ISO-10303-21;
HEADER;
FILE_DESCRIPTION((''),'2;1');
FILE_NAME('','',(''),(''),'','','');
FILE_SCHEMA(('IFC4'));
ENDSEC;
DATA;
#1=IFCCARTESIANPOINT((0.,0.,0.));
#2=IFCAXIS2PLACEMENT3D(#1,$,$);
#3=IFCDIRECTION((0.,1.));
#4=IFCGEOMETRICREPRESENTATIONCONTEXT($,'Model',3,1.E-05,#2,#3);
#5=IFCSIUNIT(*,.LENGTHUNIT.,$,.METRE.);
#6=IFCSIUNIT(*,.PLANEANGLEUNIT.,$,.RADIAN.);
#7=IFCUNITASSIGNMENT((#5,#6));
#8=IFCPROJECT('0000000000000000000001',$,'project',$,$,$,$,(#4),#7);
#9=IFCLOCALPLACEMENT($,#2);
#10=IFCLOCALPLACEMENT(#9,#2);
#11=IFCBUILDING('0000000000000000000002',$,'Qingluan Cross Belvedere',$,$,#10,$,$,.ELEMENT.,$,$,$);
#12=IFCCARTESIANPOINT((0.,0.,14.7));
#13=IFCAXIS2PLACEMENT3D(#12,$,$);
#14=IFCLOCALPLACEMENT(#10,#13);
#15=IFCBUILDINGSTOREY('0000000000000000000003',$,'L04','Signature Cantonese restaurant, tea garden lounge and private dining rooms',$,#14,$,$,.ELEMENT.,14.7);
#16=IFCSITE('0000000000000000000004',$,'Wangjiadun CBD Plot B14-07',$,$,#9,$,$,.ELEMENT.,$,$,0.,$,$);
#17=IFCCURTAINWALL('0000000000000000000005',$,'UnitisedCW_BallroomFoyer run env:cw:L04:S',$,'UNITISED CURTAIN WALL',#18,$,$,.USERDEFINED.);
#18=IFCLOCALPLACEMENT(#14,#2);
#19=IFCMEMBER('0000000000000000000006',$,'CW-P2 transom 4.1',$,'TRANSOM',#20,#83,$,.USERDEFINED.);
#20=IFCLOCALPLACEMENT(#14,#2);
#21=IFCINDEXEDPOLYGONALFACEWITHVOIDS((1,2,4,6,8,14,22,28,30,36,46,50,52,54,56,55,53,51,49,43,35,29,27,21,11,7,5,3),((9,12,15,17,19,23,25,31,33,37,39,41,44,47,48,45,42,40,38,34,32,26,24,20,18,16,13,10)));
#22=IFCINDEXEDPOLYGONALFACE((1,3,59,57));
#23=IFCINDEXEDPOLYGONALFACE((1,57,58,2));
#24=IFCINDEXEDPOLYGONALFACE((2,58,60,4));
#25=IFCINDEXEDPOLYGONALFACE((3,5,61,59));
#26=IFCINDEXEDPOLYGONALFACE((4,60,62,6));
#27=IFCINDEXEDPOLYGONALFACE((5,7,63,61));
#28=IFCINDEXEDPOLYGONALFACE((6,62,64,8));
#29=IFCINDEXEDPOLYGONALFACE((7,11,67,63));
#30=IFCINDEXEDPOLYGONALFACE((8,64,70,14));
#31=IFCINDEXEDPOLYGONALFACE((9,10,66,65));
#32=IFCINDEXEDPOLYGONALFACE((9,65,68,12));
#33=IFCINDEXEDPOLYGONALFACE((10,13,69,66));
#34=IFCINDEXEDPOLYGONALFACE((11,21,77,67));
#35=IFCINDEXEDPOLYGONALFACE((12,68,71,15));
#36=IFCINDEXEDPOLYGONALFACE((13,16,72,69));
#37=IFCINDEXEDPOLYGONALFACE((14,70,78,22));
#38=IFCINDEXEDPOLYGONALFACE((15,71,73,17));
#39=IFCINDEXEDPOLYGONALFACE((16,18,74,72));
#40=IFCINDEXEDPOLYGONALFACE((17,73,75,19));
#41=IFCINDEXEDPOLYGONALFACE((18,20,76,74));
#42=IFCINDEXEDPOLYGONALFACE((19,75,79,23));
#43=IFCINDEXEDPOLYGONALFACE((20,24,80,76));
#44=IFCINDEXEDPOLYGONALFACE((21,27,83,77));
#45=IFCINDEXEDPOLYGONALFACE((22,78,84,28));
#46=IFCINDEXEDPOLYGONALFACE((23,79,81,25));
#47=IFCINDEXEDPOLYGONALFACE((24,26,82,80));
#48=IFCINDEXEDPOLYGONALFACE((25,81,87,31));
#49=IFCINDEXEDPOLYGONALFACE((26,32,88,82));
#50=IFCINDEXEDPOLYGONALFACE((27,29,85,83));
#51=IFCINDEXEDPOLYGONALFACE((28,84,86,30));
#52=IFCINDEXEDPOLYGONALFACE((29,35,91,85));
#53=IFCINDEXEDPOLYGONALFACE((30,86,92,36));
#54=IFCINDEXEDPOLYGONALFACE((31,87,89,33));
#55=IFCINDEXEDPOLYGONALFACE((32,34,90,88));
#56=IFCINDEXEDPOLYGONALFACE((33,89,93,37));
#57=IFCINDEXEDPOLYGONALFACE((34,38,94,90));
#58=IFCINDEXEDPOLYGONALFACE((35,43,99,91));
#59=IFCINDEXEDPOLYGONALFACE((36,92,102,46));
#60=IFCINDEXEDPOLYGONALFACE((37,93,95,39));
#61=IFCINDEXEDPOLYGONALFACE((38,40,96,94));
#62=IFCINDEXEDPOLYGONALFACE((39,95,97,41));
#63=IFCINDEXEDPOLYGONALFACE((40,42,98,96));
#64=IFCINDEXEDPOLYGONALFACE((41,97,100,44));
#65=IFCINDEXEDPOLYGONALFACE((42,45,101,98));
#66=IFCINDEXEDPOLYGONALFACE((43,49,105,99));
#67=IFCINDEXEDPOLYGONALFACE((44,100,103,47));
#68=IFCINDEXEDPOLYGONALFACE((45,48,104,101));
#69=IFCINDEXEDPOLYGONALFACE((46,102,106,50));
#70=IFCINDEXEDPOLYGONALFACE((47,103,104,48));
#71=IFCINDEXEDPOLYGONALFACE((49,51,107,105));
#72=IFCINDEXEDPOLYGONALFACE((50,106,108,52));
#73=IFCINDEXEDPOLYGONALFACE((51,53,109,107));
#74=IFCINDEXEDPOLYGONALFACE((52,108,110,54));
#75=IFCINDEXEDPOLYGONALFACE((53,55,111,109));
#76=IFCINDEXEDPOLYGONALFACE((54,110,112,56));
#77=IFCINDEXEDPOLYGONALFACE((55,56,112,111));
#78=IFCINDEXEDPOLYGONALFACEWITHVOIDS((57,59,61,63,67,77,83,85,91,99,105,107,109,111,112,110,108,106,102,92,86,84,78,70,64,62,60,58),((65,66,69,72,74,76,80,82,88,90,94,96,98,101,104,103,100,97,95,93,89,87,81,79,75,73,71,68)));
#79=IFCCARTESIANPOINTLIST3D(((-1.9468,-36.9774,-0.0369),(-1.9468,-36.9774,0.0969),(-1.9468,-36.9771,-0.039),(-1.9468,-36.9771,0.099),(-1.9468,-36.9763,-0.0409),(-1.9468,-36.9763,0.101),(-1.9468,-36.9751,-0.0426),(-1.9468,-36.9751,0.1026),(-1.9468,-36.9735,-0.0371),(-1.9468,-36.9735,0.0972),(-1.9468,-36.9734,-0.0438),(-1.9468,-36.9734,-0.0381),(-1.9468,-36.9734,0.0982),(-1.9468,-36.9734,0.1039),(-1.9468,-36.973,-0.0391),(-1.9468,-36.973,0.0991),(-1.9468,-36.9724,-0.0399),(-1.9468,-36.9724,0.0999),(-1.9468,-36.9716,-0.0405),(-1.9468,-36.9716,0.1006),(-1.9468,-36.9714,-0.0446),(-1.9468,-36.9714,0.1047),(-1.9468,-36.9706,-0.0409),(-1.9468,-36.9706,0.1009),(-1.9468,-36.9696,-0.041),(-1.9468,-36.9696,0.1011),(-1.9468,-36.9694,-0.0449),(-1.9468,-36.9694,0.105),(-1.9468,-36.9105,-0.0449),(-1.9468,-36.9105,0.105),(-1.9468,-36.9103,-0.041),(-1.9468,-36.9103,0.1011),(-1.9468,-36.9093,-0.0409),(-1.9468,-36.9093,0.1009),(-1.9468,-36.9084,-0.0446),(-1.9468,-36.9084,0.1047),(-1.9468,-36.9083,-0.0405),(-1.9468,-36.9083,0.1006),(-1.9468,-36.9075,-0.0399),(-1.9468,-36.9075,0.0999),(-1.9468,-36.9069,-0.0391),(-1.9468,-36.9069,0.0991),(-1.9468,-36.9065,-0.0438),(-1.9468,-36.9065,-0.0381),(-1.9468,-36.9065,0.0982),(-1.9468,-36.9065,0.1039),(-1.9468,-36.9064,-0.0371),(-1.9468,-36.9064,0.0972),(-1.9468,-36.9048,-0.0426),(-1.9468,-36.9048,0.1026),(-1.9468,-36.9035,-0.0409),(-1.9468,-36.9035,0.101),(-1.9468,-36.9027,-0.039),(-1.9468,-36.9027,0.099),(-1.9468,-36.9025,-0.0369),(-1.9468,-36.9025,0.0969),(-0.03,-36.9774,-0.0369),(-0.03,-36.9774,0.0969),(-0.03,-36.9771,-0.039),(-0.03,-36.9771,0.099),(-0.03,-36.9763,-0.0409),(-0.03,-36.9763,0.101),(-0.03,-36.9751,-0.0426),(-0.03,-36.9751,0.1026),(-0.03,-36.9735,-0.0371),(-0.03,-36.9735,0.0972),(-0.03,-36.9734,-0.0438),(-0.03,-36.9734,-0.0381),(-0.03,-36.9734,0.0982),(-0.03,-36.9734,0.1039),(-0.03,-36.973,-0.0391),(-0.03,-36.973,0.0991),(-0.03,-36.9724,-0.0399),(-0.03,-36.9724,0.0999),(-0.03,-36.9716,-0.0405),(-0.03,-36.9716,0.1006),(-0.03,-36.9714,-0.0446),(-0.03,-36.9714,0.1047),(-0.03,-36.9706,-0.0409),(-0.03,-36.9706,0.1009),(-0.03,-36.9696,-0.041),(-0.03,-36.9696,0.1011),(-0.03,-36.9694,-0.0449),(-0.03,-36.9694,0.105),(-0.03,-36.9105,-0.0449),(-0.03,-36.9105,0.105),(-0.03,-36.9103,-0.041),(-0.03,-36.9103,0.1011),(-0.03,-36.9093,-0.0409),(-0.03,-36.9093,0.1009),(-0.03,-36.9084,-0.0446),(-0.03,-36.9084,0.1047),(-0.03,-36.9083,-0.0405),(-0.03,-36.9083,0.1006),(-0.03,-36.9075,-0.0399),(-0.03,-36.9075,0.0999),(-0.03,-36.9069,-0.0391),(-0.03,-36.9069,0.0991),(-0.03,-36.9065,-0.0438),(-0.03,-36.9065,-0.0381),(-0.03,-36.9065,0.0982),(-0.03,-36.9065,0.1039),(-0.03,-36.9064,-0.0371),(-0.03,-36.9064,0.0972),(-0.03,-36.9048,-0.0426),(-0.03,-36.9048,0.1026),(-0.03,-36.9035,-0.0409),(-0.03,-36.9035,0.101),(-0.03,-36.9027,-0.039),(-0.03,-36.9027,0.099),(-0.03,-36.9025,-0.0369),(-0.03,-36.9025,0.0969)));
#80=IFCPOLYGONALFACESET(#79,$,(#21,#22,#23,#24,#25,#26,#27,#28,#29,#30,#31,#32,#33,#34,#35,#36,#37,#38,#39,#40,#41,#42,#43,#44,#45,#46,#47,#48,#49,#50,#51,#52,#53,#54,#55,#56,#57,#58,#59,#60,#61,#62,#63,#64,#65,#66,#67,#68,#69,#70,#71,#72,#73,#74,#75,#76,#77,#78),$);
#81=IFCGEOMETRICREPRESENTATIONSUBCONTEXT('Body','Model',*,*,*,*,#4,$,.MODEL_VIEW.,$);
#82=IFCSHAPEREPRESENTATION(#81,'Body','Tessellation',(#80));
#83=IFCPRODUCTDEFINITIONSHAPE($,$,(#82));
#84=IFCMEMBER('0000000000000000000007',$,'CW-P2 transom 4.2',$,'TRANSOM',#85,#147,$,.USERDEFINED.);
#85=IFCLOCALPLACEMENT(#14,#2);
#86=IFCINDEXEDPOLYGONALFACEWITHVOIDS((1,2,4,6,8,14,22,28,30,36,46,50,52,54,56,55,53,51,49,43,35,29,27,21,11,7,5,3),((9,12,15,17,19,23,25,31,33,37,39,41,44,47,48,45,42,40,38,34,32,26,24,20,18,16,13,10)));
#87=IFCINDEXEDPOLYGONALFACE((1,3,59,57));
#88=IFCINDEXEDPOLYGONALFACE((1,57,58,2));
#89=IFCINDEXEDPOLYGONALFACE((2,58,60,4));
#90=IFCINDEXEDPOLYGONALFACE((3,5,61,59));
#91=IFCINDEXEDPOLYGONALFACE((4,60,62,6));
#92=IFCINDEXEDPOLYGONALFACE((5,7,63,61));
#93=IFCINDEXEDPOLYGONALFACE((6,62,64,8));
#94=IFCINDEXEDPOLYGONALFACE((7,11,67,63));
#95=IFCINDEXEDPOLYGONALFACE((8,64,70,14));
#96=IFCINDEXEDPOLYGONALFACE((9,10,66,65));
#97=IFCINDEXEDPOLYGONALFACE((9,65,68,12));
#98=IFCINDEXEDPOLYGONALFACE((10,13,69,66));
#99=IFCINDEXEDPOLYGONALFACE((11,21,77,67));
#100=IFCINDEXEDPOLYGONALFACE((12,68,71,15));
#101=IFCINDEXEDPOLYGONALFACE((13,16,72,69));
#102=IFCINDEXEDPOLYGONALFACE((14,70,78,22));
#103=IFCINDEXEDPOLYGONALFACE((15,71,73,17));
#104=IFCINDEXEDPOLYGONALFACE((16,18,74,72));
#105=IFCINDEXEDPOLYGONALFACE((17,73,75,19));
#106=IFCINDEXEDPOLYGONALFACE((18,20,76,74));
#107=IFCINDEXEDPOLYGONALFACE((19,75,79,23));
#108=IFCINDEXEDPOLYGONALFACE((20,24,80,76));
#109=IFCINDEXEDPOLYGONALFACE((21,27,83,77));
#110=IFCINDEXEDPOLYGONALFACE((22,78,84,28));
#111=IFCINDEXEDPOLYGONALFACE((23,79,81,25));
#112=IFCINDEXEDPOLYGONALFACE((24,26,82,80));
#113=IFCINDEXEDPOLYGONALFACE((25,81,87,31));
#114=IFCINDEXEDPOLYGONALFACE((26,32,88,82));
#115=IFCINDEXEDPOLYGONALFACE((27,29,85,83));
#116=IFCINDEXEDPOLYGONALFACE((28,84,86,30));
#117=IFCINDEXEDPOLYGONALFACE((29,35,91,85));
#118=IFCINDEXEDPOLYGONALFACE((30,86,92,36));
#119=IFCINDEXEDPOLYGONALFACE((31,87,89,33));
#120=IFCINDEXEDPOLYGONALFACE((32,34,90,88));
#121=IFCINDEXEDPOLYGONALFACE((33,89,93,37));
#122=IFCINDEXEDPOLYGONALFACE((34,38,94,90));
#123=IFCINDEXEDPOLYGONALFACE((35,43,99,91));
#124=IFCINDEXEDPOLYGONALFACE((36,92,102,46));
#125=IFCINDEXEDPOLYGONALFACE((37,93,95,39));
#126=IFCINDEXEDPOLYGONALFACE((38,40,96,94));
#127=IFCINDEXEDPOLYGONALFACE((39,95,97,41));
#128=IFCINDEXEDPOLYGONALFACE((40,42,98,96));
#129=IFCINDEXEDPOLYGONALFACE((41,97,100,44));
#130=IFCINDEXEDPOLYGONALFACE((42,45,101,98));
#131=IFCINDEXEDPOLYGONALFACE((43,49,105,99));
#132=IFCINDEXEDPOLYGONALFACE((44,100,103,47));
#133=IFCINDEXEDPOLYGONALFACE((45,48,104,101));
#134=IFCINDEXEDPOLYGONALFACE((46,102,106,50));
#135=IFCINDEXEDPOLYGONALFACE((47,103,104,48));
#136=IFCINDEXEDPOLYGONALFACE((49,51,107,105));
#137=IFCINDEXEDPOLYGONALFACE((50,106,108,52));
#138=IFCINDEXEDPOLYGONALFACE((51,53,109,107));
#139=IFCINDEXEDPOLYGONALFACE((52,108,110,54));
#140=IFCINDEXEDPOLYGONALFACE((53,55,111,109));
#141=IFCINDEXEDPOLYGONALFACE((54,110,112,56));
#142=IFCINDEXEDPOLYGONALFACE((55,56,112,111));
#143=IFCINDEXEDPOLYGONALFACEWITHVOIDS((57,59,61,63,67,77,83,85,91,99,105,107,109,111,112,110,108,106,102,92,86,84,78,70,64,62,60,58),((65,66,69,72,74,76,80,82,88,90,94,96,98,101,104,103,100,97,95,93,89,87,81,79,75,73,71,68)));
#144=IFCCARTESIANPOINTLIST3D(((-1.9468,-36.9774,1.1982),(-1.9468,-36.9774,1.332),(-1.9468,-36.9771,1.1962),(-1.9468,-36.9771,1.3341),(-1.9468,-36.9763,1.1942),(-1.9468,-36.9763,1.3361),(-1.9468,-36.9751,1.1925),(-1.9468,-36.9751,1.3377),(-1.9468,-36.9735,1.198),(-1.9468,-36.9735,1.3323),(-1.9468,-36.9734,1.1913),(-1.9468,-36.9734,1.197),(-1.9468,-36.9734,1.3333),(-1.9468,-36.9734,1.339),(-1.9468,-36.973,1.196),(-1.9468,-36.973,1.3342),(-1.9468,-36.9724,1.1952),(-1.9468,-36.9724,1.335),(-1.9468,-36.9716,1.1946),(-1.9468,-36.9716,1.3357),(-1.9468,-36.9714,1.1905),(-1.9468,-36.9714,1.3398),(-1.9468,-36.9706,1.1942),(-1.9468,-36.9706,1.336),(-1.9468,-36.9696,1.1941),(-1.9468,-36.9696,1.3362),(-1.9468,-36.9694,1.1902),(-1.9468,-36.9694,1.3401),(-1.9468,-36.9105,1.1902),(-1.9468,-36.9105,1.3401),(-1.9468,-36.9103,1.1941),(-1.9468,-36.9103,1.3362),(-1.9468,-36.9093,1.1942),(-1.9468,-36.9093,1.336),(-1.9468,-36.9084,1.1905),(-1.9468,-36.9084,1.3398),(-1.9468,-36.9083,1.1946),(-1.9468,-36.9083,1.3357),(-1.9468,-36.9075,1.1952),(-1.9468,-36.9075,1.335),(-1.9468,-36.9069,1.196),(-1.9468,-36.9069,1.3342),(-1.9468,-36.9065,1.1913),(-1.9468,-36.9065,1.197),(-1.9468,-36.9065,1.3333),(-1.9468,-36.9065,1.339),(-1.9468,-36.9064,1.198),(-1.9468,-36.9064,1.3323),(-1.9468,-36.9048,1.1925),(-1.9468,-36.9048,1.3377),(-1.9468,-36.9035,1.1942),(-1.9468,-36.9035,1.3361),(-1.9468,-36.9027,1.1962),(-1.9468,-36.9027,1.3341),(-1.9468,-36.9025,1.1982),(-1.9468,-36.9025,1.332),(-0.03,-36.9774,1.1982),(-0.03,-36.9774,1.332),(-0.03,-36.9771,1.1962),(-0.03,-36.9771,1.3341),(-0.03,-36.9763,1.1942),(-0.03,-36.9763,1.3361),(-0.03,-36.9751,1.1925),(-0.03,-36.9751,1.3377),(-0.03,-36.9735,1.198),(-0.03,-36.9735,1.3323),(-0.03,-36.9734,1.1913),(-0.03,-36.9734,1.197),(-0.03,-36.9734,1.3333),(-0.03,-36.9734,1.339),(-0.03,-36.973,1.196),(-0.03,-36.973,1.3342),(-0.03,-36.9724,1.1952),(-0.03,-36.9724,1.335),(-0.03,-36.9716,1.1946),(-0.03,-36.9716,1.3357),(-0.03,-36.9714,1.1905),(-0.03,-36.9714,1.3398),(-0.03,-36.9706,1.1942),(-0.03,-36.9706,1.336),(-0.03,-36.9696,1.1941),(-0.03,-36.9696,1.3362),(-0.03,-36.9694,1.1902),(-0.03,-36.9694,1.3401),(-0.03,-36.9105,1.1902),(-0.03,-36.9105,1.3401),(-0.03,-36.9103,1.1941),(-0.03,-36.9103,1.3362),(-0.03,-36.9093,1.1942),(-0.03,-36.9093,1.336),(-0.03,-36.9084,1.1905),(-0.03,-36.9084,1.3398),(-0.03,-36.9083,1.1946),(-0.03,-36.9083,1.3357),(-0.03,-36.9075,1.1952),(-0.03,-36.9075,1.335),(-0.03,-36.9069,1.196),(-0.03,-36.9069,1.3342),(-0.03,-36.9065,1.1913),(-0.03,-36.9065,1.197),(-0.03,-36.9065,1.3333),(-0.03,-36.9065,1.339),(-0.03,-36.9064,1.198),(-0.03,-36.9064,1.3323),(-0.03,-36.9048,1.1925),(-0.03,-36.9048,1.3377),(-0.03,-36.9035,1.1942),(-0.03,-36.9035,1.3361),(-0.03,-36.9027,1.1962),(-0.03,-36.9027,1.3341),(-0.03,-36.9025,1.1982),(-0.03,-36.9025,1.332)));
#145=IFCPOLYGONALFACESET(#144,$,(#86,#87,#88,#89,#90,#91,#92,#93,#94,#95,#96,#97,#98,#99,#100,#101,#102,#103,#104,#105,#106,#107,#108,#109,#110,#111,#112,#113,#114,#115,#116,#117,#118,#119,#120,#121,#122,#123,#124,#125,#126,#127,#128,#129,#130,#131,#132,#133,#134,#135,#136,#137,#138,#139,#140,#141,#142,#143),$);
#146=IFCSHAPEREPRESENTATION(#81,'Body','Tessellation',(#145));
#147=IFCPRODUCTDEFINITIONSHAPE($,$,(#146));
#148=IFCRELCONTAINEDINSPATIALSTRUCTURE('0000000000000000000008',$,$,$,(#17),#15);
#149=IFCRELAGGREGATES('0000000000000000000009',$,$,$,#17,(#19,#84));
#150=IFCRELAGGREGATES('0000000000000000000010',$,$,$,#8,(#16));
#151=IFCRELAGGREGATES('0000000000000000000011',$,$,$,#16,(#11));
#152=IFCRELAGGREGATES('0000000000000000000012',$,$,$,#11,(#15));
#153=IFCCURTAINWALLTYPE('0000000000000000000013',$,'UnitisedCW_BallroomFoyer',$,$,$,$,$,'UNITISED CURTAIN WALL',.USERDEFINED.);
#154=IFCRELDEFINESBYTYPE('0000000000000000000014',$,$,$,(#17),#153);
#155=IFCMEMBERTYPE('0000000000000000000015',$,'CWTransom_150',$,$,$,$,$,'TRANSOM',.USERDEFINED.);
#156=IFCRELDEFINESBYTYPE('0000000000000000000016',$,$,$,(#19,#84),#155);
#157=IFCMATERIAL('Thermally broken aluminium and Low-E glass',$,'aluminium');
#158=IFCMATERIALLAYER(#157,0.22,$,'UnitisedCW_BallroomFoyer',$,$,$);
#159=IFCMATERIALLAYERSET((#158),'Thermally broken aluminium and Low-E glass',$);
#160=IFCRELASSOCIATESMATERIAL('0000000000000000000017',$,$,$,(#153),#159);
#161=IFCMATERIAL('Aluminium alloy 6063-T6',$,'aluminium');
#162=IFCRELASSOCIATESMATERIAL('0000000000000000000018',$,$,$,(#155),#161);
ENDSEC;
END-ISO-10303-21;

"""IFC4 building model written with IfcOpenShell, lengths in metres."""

from ifc_helpers import new_model, si_unit, direction, frame, origin, origin_2d, place, context, subcontext, project, spatial, hollow_rectangle, extrude, material, layer, layer_set, material_profile, profile_set, type_object, element, aggregate, save


model = new_model("IFC4")

# Units and contexts
model_context = context("Model", 3, precision=1e-05, world=origin(), true_north=direction((0.0, 1.0)))
body_context = subcontext(model_context, "Body", "Model", "MODEL_VIEW")
ifc_project = project(units=[si_unit("LENGTHUNIT", "METRE"), si_unit("PLANEANGLEUNIT", "RADIAN")], contexts=[model_context])

# Site, building, storey
site_placement = place(None, origin())
site = spatial("IfcSite", under=ifc_project, at=site_placement, Name="Wangjiadun CBD Plot B14-07", CompositionType="ELEMENT", RefElevation=0.0)
building_placement = place(site_placement, origin())
building = spatial("IfcBuilding", under=site, at=building_placement, Name="Qingluan Cross Belvedere", CompositionType="ELEMENT")
storey_placement = place(building_placement, frame((0.0, 0.0, 14.7)))
storey = spatial("IfcBuildingStorey", under=building, at=storey_placement, Name="L04", Description="Signature Cantonese restaurant, tea garden lounge and private dining rooms", CompositionType="ELEMENT", Elevation=14.7)

# Curtain wall, members
ifc_material_1 = material(Name="Thermally broken aluminium and Low-E glass", Category="aluminium")
ifc_layer_1 = layer(ifc_material_1, 0.22, Name="UnitisedCW_BallroomFoyer")
ifc_layer_set_1 = layer_set([ifc_layer_1], Name="Thermally broken aluminium and Low-E glass")
curtain_wall_type = type_object("IfcCurtainWallType", Name="UnitisedCW_BallroomFoyer", ElementType="UNITISED CURTAIN WALL", PredefinedType="USERDEFINED", material=ifc_layer_set_1)
curtain_wall_placement = place(storey_placement, origin())
curtain_wall = element("IfcCurtainWall", 1, at=curtain_wall_placement, inside=storey, type_object=curtain_wall_type, Name="UnitisedCW_BallroomFoyer run env:cw:L04:S", ObjectType="UNITISED CURTAIN WALL", PredefinedType="USERDEFINED")
ifc_material_2 = material(Name="Aluminium alloy 6063-T6", Category="aluminium")
ifc_material_profile_1 = material_profile(ifc_material_2, hollow_rectangle(XDim=0.075, YDim=0.1499, WallThickness=0.0039, InnerFilletRadius=0.0039, OuterFilletRadius=0.0081, at=origin_2d()), Name="CWT150x75x4")
ifc_profile_set_1 = profile_set([ifc_material_profile_1], Name="Aluminium alloy 6063-T6")
member_type_1 = type_object("IfcMemberType", Name="CWTransom_150", ElementType="TRANSOM", PredefinedType="USERDEFINED", material=ifc_profile_set_1)
member_1_placement = place(storey_placement, frame((-0.03, -36.9399, 0.03), z_axis=(-1.0, 0.0, 0.0), x_axis=(0.0, -1.0, 0.0)))
member_1 = element("IfcMember", 2, at=member_1_placement, type_object=member_type_1, Name="CW-P2 transom 4.1", ObjectType="TRANSOM", PredefinedType="USERDEFINED", context=body_context, shape_type="SweptSolid", body=[
    extrude(hollow_rectangle(XDim=0.075, YDim=0.1499, WallThickness=0.0039, InnerFilletRadius=0.0039, OuterFilletRadius=0.0081, at=origin_2d()), origin(), (0.0, 0.0, 1.0), 1.9167),
])
member_2_placement = place(storey_placement, frame((-0.03, -36.9399, 1.2651), z_axis=(-1.0, 0.0, 0.0), x_axis=(0.0, -1.0, 0.0)))
member_2 = element("IfcMember", 3, at=member_2_placement, type_object=member_type_1, Name="CW-P2 transom 4.2", ObjectType="TRANSOM", PredefinedType="USERDEFINED", context=body_context, shape_type="SweptSolid", body=[
    extrude(hollow_rectangle(XDim=0.075, YDim=0.1499, WallThickness=0.0039, InnerFilletRadius=0.0039, OuterFilletRadius=0.0081, at=origin_2d()), origin(), (0.0, 0.0, 1.0), 1.9167),
])

aggregate(curtain_wall, [member_1, member_2])

save(model, "model.ifc")
